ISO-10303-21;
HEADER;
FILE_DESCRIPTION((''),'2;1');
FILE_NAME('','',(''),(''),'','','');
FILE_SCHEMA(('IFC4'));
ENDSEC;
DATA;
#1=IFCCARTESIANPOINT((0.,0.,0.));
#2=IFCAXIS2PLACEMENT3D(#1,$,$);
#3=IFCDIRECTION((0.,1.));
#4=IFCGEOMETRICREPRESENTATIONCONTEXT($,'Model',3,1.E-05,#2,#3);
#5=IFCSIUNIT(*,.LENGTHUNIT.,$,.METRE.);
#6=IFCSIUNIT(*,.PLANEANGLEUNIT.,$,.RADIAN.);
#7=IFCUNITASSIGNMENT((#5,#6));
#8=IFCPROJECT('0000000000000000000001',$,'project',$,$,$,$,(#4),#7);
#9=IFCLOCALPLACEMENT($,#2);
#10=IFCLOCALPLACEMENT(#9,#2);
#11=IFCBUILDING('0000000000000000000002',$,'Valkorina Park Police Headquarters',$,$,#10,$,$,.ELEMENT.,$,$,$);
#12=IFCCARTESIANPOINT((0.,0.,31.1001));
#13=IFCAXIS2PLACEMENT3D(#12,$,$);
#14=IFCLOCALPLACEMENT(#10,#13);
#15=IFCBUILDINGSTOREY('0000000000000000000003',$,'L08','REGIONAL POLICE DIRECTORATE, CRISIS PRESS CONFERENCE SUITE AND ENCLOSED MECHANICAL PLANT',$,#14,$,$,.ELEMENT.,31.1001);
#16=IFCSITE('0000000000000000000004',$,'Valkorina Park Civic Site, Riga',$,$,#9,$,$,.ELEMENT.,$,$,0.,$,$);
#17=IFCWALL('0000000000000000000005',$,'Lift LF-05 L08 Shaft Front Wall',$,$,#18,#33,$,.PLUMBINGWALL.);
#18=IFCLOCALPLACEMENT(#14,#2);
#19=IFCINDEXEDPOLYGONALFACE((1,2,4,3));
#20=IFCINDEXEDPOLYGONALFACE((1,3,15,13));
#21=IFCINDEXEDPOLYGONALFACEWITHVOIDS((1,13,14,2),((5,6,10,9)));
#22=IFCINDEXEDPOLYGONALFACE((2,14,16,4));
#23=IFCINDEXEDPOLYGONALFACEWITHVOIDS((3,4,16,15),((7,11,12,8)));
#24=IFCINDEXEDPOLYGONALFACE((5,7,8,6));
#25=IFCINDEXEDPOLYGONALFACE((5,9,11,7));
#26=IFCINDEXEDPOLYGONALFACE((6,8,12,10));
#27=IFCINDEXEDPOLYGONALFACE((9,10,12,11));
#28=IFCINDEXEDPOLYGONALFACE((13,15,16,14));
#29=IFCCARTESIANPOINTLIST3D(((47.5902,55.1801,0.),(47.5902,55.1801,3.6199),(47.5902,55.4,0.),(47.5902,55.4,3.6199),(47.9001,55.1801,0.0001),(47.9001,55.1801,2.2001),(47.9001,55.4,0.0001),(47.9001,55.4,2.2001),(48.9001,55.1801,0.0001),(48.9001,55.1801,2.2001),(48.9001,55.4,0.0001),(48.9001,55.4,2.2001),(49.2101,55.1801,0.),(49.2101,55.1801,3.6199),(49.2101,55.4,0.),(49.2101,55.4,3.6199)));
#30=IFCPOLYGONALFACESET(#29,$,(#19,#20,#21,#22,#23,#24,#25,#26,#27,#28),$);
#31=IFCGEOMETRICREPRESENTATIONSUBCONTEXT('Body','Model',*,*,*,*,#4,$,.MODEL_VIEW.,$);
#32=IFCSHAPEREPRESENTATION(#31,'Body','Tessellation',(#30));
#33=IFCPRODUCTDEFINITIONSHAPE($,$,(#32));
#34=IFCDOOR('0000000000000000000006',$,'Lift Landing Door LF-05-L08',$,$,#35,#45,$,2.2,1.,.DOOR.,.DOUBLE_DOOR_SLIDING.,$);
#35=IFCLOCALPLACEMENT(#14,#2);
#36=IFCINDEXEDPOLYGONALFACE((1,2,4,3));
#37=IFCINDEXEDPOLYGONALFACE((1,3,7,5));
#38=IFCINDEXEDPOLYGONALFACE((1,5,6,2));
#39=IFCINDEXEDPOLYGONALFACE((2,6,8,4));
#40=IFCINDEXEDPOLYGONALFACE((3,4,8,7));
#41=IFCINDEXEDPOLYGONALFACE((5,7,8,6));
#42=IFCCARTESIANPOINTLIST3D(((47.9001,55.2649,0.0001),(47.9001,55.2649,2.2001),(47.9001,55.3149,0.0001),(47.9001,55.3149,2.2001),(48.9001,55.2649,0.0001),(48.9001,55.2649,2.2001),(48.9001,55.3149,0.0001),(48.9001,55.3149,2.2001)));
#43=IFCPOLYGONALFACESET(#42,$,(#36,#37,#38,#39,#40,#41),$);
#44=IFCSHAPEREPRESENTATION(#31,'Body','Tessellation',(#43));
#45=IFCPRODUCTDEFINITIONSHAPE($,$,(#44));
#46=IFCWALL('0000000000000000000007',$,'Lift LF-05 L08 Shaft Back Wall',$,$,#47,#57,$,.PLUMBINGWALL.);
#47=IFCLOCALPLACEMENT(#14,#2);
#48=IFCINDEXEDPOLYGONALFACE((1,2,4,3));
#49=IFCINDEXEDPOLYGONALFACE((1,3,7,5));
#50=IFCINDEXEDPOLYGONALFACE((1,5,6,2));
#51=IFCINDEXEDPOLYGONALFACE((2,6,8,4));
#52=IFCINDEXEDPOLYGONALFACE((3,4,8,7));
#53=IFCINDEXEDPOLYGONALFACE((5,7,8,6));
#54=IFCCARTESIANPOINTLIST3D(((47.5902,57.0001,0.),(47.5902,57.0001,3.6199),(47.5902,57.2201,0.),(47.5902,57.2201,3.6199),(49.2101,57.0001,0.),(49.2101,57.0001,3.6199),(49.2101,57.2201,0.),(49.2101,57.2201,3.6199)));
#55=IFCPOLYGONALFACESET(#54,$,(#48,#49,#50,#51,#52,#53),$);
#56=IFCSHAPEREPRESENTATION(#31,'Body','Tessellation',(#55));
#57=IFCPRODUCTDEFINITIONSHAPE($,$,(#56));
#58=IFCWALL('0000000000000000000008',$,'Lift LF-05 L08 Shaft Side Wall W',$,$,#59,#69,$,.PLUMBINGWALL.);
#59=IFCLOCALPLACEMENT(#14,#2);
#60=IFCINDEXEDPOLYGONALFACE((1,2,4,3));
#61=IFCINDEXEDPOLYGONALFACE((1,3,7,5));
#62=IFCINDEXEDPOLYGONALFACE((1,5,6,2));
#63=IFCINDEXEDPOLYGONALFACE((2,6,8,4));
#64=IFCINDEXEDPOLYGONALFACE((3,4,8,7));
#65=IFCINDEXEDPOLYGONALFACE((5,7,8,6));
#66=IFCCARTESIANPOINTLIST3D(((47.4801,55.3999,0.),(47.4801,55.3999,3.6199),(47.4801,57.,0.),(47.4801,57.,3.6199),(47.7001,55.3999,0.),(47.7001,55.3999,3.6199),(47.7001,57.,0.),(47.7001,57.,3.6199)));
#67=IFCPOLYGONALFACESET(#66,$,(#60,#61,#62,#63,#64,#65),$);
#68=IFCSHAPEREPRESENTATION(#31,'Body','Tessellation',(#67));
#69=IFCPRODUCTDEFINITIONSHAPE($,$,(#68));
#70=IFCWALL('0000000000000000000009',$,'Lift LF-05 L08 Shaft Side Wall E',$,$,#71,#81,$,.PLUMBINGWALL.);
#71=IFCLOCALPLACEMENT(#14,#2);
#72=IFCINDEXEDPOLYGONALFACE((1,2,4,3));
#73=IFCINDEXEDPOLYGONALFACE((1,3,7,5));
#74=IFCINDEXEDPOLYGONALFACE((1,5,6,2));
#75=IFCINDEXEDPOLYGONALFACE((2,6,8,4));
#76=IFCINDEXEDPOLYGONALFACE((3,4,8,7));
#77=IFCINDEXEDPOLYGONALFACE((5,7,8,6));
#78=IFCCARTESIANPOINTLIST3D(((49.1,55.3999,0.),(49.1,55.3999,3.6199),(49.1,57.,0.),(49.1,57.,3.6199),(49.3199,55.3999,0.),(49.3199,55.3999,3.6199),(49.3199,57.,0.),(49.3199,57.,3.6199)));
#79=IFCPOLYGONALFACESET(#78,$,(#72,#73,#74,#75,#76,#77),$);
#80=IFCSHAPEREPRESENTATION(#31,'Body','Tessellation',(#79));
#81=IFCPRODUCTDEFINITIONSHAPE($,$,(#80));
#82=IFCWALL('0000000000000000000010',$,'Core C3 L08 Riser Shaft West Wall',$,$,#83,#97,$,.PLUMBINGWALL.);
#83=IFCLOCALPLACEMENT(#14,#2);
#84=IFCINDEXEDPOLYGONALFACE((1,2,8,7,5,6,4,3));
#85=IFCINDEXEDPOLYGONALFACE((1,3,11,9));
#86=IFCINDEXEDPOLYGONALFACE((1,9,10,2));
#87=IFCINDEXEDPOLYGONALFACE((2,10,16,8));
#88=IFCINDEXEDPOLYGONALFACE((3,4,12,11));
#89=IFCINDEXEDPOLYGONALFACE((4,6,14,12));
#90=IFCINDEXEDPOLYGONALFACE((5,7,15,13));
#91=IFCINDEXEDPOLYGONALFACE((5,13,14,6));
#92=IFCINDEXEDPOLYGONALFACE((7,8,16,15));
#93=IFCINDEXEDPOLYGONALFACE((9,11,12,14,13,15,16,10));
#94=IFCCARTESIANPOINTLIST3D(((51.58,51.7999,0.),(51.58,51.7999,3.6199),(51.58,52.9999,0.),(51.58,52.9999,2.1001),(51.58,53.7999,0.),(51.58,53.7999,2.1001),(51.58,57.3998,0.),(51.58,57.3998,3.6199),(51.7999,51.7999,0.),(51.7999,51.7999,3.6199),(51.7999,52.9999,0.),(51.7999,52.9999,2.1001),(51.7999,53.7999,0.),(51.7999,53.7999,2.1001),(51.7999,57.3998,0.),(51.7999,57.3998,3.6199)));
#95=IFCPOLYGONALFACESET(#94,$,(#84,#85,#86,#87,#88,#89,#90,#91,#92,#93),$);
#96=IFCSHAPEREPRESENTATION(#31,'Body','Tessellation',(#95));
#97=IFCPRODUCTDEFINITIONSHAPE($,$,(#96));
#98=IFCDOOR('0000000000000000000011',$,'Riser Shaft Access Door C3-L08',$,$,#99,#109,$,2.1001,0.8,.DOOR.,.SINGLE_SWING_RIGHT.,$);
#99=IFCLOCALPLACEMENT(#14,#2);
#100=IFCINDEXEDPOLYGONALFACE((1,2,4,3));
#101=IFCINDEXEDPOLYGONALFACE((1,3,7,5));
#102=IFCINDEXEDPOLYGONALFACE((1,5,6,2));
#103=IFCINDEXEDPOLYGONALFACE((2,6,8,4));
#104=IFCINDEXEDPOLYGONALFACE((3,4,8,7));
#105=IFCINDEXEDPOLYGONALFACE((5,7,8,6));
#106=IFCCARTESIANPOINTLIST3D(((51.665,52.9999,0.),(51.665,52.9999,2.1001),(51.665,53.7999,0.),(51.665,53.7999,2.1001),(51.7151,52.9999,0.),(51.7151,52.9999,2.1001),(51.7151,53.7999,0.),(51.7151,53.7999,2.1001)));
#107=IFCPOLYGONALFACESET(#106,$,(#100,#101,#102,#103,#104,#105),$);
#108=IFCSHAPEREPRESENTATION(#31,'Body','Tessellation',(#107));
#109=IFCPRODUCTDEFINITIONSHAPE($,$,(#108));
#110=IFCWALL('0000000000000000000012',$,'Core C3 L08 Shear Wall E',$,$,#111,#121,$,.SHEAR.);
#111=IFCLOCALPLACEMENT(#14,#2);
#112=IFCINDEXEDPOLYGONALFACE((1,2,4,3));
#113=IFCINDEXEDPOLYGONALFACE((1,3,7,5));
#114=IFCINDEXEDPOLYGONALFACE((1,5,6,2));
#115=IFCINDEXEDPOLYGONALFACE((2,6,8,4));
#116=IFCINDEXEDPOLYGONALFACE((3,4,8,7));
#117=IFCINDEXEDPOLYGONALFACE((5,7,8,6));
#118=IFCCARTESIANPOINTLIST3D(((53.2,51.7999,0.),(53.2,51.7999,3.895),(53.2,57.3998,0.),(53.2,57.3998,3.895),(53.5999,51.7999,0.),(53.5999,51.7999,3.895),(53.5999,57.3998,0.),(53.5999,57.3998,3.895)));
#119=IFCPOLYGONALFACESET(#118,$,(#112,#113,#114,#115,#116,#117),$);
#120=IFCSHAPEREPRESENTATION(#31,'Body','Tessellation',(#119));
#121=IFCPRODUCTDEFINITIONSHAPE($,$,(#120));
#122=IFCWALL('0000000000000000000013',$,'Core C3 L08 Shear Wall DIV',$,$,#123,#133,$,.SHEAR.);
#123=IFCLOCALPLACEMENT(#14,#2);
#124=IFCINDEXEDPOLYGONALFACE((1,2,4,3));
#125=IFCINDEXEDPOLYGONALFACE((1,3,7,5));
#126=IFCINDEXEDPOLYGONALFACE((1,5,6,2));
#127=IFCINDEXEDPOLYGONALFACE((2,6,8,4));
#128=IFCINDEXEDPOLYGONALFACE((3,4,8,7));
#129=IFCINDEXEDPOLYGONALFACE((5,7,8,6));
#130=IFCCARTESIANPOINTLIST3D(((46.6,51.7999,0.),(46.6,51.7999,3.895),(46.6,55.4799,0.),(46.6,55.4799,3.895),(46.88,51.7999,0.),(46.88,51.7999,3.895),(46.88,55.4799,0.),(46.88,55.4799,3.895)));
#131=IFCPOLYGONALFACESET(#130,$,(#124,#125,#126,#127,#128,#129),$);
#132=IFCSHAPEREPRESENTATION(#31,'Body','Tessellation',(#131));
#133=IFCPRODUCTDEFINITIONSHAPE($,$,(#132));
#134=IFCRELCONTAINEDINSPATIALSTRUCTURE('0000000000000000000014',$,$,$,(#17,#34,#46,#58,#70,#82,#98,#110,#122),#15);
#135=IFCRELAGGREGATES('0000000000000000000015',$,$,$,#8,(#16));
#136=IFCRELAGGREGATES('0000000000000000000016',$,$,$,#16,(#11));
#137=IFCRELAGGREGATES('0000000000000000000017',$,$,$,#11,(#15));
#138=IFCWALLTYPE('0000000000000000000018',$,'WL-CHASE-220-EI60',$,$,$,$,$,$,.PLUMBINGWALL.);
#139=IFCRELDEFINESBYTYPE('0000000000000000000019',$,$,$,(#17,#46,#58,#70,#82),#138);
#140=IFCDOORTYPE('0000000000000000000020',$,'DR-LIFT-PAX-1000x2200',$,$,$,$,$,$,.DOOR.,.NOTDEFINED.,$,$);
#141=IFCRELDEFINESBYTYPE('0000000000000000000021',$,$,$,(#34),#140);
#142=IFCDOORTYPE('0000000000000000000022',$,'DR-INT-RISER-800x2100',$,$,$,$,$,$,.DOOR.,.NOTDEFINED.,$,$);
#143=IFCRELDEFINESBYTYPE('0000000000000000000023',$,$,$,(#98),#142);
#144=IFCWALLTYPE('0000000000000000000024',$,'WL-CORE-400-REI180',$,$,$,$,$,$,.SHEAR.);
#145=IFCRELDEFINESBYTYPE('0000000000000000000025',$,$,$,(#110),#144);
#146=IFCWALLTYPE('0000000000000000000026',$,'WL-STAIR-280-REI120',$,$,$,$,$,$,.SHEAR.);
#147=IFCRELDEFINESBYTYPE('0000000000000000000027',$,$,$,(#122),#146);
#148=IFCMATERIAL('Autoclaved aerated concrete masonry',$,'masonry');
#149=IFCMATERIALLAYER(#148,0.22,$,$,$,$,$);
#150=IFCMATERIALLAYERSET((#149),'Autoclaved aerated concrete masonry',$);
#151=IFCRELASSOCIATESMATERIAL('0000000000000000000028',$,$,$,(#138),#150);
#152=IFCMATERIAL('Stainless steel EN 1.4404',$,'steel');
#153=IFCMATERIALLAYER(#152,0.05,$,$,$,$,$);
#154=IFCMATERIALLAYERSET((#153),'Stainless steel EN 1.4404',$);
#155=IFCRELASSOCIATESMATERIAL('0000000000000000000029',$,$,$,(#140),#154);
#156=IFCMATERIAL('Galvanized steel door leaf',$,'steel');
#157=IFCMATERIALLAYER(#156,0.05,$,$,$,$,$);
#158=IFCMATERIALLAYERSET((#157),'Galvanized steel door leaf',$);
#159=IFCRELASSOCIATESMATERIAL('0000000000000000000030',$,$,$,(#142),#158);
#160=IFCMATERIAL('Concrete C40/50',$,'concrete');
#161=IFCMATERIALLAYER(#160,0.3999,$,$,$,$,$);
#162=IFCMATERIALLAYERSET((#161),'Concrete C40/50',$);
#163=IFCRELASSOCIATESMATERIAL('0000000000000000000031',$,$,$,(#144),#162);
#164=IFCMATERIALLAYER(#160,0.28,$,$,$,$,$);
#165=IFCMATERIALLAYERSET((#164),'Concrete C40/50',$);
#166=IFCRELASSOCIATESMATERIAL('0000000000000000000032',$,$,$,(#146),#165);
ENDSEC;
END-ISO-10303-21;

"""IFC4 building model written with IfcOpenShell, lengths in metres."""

from ifc_helpers import new_model, si_unit, direction, frame, frame_2d, origin, place, context, subcontext, project, spatial, rectangle, extrude, material, layer, layer_set, type_object, element, fill, save


model = new_model("IFC4")

# Units and contexts
model_context = context("Model", 3, precision=1e-05, world=origin(), true_north=direction((0.0, 1.0)))
body_context = subcontext(model_context, "Body", "Model", "MODEL_VIEW")
ifc_project = project(units=[si_unit("LENGTHUNIT", "METRE"), si_unit("PLANEANGLEUNIT", "RADIAN")], contexts=[model_context])

# Site, building, storey
site_placement = place(None, origin())
site = spatial("IfcSite", under=ifc_project, at=site_placement, Name="Valkorina Park Civic Site, Riga", CompositionType="ELEMENT", RefElevation=0.0)
building_placement = place(site_placement, origin())
building = spatial("IfcBuilding", under=site, at=building_placement, Name="Valkorina Park Police Headquarters", CompositionType="ELEMENT")
storey_placement = place(building_placement, frame((0.0, 0.0, 31.1001)))
storey = spatial("IfcBuildingStorey", under=building, at=storey_placement, Name="L08", Description="REGIONAL POLICE DIRECTORATE, CRISIS PRESS CONFERENCE SUITE AND ENCLOSED MECHANICAL PLANT", CompositionType="ELEMENT", Elevation=31.1001)

# Wall, opening, door
ifc_material_1 = material(Name="Autoclaved aerated concrete masonry", Category="masonry")
ifc_layer_1 = layer(ifc_material_1, 0.22)
ifc_layer_set_1 = layer_set([ifc_layer_1], Name="Autoclaved aerated concrete masonry")
wall_type_1 = type_object("IfcWallType", Name="WL-CHASE-220-EI60", PredefinedType="PLUMBINGWALL", material=ifc_layer_set_1)
wall_1_placement = place(storey_placement, frame((47.5901, 55.29, 0.0), z_axis=(0.0, 0.0, 1.0), x_axis=(1.0, 0.0, 0.0)))
wall_1 = element("IfcWall", 1, at=wall_1_placement, inside=storey, type_object=wall_type_1, Name="Lift LF-05 L08 Shaft Front Wall", PredefinedType="PLUMBINGWALL", context=body_context, shape_type="SweptSolid", body=[
    extrude(rectangle(XDim=1.6199, YDim=0.22, at=frame_2d((0.8101, 0.0))), origin(), (0.0, 0.0, 1.0), 3.6199),
])
opening_1_placement = place(wall_1_placement, frame((0.3101, 0.0, 0.0)))
opening_1 = element("IfcOpeningElement", 2, at=opening_1_placement, cuts=wall_1, PredefinedType="OPENING", context=body_context, shape_type="SweptSolid", body=[
    extrude(rectangle(XDim=1.0, YDim=2.2, at=frame_2d((0.5, 1.1001))), frame((0.0, 0.1201, 0.0), z_axis=(0.0, -1.0, 0.0), x_axis=(1.0, 0.0, 0.0)), (0.0, 0.0, 1.0), 0.24),
])
ifc_material_2 = material(Name="Stainless steel EN 1.4404", Category="steel")
ifc_layer_2 = layer(ifc_material_2, 0.05)
ifc_layer_set_2 = layer_set([ifc_layer_2], Name="Stainless steel EN 1.4404")
door_type_1 = type_object("IfcDoorType", Name="DR-LIFT-PAX-1000x2200", OperationType="NOTDEFINED", PredefinedType="DOOR", material=ifc_layer_set_2)
door_1_placement = place(opening_1_placement, origin())
door_1 = element("IfcDoor", 3, at=door_1_placement, inside=storey, type_object=door_type_1, Name="Lift Landing Door LF-05-L08", OperationType="DOUBLE_DOOR_SLIDING", OverallHeight=2.2, OverallWidth=1.0, PredefinedType="DOOR", context=body_context, shape_type="SweptSolid", body=[
    extrude(rectangle(XDim=1.0, YDim=2.2, at=frame_2d((0.5, 1.1001))), frame((0.0, 0.0249, 0.0), z_axis=(0.0, -1.0, 0.0), x_axis=(1.0, 0.0, 0.0)), (0.0, 0.0, 1.0), 0.05),
])
fill(opening_1, door_1)

# Walls
wall_2_placement = place(storey_placement, frame((47.5901, 57.1101, 0.0), z_axis=(0.0, 0.0, 1.0), x_axis=(1.0, 0.0, 0.0)))
element("IfcWall", 4, at=wall_2_placement, inside=storey, type_object=wall_type_1, Name="Lift LF-05 L08 Shaft Back Wall", PredefinedType="PLUMBINGWALL", context=body_context, shape_type="SweptSolid", body=[
    extrude(rectangle(XDim=1.6199, YDim=0.22, at=frame_2d((0.8101, 0.0))), origin(), (0.0, 0.0, 1.0), 3.6199),
])
for number, where, z_axis, x_axis, name in (
    (5, (47.5901, 55.3999, 0.0), (0.0, 0.0, 1.0), (0.0, 1.0, 0.0), "Lift LF-05 L08 Shaft Side Wall W"),
    (6, (49.21, 55.3999, 0.0), (0.0, 0.0, 1.0), (0.0, 1.0, 0.0), "Lift LF-05 L08 Shaft Side Wall E"),
):
    element("IfcWall", number, at=place(storey_placement, frame(where, z_axis=z_axis, x_axis=x_axis)), inside=storey, type_object=wall_type_1, Name=name, PredefinedType="PLUMBINGWALL", context=body_context, shape_type="SweptSolid", body=[
        extrude(rectangle(XDim=1.6001, YDim=0.22, at=frame_2d((0.8, 0.0))), origin(), (0.0, 0.0, 1.0), 3.6199),
    ])

# Wall, opening, door
wall_3_placement = place(storey_placement, frame((51.6899, 51.8, 0.0), z_axis=(0.0, 0.0, 1.0), x_axis=(0.0, 1.0, 0.0)))
wall_3 = element("IfcWall", 7, at=wall_3_placement, inside=storey, type_object=wall_type_1, Name="Core C3 L08 Riser Shaft West Wall", PredefinedType="PLUMBINGWALL", context=body_context, shape_type="SweptSolid", body=[
    extrude(rectangle(XDim=5.5999, YDim=0.22, at=frame_2d((2.7998, 0.0))), origin(), (0.0, 0.0, 1.0), 3.6199),
])
opening_2_placement = place(wall_3_placement, frame((1.2, 0.0, 0.0)))
opening_2 = element("IfcOpeningElement", 8, at=opening_2_placement, cuts=wall_3, PredefinedType="OPENING", context=body_context, shape_type="SweptSolid", body=[
    extrude(rectangle(XDim=0.8, YDim=2.1001, at=frame_2d((0.3999, 1.05))), frame((0.0, 0.1201, 0.0), z_axis=(0.0, -1.0, 0.0), x_axis=(1.0, 0.0, 0.0)), (0.0, 0.0, 1.0), 0.24),
])
ifc_material_3 = material(Name="Galvanized steel door leaf", Category="steel")
ifc_layer_3 = layer(ifc_material_3, 0.05)
ifc_layer_set_3 = layer_set([ifc_layer_3], Name="Galvanized steel door leaf")
door_type_2 = type_object("IfcDoorType", Name="DR-INT-RISER-800x2100", OperationType="NOTDEFINED", PredefinedType="DOOR", material=ifc_layer_set_3)
door_2_placement = place(opening_2_placement, origin())
door_2 = element("IfcDoor", 9, at=door_2_placement, inside=storey, type_object=door_type_2, Name="Riser Shaft Access Door C3-L08", OperationType="SINGLE_SWING_RIGHT", OverallHeight=2.1001, OverallWidth=0.8, PredefinedType="DOOR", context=body_context, shape_type="SweptSolid", body=[
    extrude(rectangle(XDim=0.8, YDim=2.1001, at=frame_2d((0.3999, 1.05))), frame((0.0, 0.0249, 0.0), z_axis=(0.0, -1.0, 0.0), x_axis=(1.0, 0.0, 0.0)), (0.0, 0.0, 1.0), 0.05),
])
fill(opening_2, door_2)

# Walls
ifc_material_4 = material(Name="Concrete C40/50", Category="concrete")
ifc_layer_4 = layer(ifc_material_4, 0.3999)
ifc_layer_set_4 = layer_set([ifc_layer_4], Name="Concrete C40/50")
wall_type_2 = type_object("IfcWallType", Name="WL-CORE-400-REI180", PredefinedType="SHEAR", material=ifc_layer_set_4)
wall_4_placement = place(storey_placement, frame((53.3999, 51.8, 0.0), z_axis=(0.0, 0.0, 1.0), x_axis=(0.0, 1.0, 0.0)))
element("IfcWall", 10, at=wall_4_placement, inside=storey, type_object=wall_type_2, Name="Core C3 L08 Shear Wall E", PredefinedType="SHEAR", context=body_context, shape_type="SweptSolid", body=[
    extrude(rectangle(XDim=5.5999, YDim=0.3999, at=frame_2d((2.7998, 0.0))), origin(), (0.0, 0.0, 1.0), 3.895),
])
ifc_layer_5 = layer(ifc_material_4, 0.28)
ifc_layer_set_5 = layer_set([ifc_layer_5], Name="Concrete C40/50")
wall_type_3 = type_object("IfcWallType", Name="WL-STAIR-280-REI120", PredefinedType="SHEAR", material=ifc_layer_set_5)
wall_5_placement = place(storey_placement, frame((46.74, 51.8, 0.0), z_axis=(0.0, 0.0, 1.0), x_axis=(0.0, 1.0, 0.0)))
element("IfcWall", 11, at=wall_5_placement, inside=storey, type_object=wall_type_3, Name="Core C3 L08 Shear Wall DIV", PredefinedType="SHEAR", context=body_context, shape_type="SweptSolid", body=[
    extrude(rectangle(XDim=3.6799, YDim=0.28, at=frame_2d((1.8398, 0.0))), origin(), (0.0, 0.0, 1.0), 3.895),
])

save(model, "model.ifc")
